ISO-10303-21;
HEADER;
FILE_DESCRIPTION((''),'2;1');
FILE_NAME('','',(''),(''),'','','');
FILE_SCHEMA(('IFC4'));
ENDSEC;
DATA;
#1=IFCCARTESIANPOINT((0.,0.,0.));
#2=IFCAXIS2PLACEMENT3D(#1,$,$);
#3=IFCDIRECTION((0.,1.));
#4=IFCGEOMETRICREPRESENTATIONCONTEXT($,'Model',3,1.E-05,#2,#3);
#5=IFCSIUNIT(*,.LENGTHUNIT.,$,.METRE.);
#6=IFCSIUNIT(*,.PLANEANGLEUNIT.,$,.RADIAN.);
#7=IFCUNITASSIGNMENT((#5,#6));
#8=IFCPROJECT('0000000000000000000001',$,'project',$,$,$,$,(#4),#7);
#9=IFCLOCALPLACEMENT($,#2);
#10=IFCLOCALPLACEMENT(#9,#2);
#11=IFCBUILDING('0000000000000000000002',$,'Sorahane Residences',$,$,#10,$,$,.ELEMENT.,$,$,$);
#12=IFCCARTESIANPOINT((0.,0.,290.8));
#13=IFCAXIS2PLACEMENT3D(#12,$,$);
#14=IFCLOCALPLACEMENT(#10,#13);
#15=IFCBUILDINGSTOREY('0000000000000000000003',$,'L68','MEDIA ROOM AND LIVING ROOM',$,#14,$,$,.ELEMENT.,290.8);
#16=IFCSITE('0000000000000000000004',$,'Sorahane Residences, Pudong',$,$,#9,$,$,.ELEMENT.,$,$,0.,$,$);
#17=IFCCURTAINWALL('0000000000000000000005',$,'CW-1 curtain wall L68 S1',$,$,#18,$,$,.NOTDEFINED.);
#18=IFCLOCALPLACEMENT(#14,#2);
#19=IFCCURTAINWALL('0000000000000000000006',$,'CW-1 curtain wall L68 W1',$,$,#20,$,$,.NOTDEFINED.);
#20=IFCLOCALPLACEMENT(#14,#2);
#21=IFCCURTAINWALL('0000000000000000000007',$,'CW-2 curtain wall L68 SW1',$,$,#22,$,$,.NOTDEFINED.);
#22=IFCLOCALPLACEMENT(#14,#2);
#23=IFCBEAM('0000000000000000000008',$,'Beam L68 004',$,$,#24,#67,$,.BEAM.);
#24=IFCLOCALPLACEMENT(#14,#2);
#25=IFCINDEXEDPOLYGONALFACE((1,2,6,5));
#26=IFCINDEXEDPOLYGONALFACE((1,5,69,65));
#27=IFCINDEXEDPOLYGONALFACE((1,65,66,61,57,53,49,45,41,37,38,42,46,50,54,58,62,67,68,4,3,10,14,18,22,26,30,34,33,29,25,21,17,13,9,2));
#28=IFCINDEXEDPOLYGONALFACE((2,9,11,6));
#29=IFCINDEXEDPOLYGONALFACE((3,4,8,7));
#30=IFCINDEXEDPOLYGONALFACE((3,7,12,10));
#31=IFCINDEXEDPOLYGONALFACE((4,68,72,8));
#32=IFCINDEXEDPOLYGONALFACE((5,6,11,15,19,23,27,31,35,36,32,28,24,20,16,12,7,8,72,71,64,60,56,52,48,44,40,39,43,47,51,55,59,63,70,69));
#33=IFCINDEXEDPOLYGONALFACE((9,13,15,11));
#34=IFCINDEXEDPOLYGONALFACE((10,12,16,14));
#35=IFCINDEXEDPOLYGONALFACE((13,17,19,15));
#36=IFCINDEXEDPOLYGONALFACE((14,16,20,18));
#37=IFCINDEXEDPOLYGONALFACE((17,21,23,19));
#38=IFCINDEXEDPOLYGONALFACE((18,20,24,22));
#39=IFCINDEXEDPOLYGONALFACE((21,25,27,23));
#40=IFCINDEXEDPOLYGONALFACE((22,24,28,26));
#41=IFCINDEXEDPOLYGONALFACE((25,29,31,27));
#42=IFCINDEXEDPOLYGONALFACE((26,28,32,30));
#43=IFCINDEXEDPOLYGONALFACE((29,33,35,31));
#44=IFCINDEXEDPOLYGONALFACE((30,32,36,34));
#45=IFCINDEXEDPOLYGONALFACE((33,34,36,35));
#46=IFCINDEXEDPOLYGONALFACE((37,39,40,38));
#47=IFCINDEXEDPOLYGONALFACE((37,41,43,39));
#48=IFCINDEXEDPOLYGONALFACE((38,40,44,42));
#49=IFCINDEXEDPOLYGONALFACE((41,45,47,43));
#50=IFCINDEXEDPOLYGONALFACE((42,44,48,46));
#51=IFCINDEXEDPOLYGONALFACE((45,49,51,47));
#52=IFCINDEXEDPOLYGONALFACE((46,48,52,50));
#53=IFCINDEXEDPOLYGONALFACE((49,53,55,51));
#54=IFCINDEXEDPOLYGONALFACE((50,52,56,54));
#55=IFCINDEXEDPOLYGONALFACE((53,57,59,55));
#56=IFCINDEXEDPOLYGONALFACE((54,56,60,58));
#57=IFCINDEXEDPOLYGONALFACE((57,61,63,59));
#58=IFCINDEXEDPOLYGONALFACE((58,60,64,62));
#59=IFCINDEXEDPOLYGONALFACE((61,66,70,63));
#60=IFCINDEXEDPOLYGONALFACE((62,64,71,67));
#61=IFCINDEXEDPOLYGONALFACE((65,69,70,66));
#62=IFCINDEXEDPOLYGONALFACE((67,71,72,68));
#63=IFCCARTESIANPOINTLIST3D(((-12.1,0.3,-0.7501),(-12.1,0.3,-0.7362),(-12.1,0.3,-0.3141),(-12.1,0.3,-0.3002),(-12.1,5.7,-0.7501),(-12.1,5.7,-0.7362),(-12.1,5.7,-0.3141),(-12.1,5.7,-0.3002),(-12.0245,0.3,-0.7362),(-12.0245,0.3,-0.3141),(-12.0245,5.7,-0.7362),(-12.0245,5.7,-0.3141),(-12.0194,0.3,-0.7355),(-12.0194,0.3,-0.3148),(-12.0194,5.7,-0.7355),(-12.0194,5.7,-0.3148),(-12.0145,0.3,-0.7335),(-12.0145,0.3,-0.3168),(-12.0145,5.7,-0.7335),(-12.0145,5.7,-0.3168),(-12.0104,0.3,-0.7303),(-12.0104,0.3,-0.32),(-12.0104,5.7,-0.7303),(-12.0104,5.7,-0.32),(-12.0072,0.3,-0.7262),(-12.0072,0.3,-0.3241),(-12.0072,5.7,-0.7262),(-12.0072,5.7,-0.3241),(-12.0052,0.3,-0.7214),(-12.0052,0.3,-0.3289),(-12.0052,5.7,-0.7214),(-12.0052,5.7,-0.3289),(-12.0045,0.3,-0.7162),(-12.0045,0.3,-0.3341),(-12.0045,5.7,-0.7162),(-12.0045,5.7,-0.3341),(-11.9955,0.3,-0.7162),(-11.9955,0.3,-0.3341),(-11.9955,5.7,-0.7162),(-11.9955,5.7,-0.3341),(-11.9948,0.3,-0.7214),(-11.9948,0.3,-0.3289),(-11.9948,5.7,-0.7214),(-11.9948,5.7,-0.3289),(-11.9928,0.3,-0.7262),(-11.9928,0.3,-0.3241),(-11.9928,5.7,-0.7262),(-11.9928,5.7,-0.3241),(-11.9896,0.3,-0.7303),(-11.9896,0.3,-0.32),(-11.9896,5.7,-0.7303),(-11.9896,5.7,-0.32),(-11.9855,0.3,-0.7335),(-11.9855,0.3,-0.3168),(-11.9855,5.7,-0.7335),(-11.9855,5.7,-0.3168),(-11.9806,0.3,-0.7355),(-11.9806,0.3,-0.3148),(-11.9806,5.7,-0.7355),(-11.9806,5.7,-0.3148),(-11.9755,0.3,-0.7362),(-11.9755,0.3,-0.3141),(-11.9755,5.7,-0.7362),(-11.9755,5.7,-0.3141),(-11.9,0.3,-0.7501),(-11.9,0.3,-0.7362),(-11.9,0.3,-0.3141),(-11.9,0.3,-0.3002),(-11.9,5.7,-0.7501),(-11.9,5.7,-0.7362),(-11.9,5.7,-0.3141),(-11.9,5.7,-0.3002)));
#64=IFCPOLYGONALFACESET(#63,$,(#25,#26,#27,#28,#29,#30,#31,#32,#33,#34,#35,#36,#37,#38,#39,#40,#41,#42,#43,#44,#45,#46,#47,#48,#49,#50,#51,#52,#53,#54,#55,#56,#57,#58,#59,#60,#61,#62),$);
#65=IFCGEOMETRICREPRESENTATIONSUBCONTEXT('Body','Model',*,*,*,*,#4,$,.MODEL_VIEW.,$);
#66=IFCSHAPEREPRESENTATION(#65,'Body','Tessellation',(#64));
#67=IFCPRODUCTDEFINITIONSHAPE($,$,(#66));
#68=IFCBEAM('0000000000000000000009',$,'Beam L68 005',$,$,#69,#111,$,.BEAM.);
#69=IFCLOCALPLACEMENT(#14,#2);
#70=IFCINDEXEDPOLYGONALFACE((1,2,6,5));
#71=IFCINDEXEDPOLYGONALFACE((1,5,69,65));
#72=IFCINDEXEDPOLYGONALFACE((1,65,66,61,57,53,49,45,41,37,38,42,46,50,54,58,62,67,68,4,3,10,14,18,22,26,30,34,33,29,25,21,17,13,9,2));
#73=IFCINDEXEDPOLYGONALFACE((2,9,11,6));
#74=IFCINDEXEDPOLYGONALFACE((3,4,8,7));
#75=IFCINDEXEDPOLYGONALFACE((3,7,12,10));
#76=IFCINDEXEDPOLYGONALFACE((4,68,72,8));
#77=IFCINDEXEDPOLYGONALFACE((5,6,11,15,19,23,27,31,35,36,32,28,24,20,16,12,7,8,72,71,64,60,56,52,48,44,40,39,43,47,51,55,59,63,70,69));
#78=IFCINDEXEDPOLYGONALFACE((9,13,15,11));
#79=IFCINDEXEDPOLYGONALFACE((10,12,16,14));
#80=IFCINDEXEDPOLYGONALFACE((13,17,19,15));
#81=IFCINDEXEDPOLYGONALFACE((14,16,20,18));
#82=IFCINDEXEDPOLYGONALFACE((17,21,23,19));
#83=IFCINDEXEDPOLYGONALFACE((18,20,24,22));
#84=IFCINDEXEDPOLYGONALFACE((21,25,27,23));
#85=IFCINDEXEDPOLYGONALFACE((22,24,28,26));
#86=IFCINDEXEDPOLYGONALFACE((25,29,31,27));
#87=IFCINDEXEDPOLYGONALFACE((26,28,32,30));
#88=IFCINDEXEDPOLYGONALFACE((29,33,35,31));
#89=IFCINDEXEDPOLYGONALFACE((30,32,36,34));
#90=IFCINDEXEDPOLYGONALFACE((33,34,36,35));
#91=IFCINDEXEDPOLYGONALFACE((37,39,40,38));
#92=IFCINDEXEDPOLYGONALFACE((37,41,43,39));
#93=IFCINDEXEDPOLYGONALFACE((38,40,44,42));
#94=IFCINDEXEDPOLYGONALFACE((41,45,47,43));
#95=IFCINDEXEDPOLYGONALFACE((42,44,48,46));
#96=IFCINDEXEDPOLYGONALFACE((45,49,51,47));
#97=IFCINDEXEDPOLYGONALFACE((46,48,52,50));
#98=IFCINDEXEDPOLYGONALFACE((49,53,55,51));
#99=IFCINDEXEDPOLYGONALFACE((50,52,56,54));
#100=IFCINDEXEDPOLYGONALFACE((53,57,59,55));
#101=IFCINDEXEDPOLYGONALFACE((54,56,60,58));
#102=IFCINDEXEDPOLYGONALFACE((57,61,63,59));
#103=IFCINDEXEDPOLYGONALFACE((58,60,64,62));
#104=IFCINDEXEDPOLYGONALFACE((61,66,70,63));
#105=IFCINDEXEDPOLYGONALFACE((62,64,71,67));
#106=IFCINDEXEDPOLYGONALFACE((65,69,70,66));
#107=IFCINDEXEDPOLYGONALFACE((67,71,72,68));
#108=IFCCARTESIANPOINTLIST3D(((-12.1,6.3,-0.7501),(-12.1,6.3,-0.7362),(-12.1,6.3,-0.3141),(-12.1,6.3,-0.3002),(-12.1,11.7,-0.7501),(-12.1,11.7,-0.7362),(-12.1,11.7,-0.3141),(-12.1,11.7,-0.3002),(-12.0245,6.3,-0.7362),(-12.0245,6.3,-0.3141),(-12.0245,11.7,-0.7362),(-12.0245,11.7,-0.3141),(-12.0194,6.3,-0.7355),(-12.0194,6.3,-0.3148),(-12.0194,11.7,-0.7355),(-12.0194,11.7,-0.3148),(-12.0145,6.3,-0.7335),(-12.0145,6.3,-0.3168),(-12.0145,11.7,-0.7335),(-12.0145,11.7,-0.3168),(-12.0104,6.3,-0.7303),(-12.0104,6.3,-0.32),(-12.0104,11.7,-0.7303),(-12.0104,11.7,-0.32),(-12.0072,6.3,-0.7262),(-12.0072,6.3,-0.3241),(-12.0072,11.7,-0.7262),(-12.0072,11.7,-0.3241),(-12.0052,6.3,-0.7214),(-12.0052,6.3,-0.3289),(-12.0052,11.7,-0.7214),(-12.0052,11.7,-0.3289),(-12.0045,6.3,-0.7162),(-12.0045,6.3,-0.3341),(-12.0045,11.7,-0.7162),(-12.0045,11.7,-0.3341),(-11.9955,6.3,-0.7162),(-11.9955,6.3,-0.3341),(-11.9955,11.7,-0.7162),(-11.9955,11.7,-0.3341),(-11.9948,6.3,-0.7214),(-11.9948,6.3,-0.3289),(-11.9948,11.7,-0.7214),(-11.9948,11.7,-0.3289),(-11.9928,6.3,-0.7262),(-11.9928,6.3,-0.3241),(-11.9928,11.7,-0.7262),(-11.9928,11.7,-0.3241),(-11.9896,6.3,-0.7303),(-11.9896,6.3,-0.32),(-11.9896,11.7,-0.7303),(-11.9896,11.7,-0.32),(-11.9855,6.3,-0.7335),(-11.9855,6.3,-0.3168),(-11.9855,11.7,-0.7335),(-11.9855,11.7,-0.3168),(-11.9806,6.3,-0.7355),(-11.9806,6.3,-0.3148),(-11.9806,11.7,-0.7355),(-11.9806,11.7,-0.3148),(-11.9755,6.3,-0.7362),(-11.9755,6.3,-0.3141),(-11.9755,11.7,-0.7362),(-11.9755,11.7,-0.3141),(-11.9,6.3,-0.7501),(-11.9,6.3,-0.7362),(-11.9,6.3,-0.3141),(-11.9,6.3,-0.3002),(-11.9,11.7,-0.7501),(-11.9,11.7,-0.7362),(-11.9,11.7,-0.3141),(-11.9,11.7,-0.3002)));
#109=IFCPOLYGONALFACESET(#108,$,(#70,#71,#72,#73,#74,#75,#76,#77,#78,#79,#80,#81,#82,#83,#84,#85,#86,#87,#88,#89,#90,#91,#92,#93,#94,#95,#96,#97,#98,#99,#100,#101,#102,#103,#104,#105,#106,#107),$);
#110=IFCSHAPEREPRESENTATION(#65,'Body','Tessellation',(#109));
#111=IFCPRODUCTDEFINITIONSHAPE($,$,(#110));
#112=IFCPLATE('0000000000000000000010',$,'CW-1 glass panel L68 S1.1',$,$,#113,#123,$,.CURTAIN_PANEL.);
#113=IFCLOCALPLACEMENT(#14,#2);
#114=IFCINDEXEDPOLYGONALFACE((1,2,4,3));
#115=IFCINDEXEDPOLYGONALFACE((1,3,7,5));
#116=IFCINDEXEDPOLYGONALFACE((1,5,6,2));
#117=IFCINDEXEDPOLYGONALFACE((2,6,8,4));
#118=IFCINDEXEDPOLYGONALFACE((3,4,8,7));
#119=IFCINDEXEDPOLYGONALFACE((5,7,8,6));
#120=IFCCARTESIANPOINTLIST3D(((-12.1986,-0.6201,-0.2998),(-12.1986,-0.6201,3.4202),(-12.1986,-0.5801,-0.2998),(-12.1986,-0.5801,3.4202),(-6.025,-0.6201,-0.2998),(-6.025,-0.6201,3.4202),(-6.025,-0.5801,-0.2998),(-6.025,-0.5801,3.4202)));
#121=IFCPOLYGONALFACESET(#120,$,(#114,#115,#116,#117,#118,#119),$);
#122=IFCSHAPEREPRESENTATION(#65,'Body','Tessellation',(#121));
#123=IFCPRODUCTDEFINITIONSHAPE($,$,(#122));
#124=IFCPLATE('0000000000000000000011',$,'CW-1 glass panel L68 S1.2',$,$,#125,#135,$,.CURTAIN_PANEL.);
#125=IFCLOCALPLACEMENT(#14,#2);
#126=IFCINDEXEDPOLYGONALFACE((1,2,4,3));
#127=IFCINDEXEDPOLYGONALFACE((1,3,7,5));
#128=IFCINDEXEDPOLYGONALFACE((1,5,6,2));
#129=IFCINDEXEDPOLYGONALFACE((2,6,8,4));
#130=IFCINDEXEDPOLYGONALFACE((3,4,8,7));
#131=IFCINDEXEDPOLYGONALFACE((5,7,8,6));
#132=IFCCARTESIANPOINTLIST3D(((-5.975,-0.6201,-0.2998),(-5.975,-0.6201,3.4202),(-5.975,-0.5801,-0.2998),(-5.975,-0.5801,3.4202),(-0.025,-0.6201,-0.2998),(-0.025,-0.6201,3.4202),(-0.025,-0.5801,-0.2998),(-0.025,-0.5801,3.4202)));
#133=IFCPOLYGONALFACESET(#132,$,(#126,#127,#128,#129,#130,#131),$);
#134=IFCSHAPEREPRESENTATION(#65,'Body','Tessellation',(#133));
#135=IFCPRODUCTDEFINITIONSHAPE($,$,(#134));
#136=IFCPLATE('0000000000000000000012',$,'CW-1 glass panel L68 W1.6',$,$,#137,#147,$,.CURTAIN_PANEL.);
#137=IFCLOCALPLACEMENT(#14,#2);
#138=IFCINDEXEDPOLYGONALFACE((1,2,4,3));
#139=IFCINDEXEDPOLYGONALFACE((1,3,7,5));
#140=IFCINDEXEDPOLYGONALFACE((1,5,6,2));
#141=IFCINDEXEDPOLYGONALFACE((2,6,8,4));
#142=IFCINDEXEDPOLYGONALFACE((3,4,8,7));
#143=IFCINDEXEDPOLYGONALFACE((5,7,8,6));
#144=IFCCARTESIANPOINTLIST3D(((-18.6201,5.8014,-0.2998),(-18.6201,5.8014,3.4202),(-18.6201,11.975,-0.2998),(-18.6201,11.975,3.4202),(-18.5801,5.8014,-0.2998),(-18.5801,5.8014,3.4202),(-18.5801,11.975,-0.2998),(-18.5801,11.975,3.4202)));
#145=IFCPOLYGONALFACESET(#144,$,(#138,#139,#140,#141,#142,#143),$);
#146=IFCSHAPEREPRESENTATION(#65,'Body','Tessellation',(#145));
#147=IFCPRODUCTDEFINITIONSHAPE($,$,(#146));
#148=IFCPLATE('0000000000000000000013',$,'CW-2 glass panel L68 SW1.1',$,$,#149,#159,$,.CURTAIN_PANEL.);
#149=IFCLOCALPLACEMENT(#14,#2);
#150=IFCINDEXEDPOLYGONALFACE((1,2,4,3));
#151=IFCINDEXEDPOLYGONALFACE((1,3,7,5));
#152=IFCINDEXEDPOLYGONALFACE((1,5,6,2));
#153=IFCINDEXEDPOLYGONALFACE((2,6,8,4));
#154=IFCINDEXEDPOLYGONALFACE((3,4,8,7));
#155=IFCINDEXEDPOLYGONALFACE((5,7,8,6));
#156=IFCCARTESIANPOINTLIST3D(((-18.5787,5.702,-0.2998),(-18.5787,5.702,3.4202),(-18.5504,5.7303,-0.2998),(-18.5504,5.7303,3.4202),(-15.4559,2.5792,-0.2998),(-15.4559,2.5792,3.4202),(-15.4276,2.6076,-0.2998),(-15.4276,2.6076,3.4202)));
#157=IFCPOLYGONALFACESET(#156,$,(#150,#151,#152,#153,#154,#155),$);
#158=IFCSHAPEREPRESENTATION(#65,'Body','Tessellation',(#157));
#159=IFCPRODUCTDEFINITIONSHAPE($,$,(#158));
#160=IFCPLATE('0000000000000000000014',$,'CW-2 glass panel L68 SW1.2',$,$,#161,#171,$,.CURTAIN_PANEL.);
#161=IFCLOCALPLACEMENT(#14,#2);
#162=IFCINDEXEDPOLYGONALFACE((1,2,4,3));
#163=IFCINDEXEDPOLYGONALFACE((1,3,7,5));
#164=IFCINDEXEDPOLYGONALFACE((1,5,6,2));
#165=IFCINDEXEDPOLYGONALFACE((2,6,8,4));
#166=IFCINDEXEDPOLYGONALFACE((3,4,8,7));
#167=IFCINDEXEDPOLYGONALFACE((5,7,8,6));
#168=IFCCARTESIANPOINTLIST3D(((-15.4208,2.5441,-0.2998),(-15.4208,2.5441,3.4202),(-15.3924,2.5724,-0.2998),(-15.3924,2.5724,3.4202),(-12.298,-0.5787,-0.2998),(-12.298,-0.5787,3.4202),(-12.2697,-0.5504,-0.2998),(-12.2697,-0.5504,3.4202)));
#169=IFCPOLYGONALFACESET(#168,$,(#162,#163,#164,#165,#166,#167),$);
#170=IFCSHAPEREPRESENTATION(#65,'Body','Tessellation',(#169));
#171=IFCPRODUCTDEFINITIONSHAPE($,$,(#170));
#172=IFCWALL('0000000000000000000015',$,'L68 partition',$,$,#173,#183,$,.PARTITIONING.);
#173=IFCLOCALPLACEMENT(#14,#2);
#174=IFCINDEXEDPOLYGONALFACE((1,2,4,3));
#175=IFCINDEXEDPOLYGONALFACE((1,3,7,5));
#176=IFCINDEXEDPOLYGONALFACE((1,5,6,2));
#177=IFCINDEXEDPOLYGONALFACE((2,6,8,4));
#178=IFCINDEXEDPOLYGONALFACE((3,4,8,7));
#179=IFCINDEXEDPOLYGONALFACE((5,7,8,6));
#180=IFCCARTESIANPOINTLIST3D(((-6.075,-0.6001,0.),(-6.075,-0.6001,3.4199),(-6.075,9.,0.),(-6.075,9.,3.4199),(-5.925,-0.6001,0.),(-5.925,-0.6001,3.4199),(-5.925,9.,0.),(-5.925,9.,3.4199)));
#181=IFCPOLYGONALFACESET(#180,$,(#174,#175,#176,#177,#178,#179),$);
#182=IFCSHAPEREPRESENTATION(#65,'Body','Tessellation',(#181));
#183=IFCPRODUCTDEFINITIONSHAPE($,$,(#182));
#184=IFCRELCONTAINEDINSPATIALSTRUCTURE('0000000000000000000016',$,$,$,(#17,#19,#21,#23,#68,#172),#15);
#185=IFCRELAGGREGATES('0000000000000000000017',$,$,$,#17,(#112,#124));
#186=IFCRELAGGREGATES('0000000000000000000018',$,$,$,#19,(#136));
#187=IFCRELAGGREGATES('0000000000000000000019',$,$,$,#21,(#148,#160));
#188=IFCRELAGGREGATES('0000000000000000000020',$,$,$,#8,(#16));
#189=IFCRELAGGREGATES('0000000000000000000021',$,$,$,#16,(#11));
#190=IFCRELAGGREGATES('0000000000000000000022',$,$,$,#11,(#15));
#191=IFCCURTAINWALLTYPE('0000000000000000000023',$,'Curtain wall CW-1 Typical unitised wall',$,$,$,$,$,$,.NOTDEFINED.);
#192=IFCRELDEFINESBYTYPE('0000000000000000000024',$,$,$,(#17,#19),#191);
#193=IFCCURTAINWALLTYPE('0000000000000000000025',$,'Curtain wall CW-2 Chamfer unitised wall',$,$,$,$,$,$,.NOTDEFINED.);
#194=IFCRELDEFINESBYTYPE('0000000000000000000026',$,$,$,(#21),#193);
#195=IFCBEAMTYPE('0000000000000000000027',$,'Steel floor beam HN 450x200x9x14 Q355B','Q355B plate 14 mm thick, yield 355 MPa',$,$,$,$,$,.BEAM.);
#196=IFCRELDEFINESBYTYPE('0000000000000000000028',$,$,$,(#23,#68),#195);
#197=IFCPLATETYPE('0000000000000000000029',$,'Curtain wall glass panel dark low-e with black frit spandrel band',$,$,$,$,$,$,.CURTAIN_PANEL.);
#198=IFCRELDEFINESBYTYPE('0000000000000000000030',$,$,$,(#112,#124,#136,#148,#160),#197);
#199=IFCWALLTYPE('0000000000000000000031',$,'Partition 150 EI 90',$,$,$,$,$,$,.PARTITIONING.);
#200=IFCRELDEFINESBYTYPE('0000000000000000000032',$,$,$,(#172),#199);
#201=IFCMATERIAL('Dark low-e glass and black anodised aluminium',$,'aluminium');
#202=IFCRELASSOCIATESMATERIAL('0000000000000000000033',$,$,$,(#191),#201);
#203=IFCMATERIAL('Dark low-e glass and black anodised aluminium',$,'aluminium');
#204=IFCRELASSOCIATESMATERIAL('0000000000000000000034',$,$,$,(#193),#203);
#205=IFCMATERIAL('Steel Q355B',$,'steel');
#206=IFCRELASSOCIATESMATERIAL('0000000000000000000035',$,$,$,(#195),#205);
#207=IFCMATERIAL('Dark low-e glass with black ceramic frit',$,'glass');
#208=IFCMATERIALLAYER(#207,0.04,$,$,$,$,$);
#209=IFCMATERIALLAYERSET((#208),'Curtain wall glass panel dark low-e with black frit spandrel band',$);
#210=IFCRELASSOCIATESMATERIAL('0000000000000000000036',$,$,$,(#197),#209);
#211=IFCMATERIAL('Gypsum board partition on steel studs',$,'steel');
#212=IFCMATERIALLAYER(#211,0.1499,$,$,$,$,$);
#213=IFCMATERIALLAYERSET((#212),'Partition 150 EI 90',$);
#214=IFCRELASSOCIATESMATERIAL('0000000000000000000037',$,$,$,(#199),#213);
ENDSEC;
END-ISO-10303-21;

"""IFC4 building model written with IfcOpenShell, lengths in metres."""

from ifc_helpers import new_model, si_unit, direction, frame, frame_2d, origin, origin_2d, place, context, subcontext, project, spatial, rectangle, i_section, extrude, material, layer, layer_set, material_profile, profile_set, type_object, element, aggregate, save


model = new_model("IFC4")

# Units and contexts
model_context = context("Model", 3, precision=1e-05, world=origin(), true_north=direction((0.0, 1.0)))
body_context = subcontext(model_context, "Body", "Model", "MODEL_VIEW")
ifc_project = project(units=[si_unit("LENGTHUNIT", "METRE"), si_unit("PLANEANGLEUNIT", "RADIAN")], contexts=[model_context])

# Site, building, storey
site_placement = place(None, origin())
site = spatial("IfcSite", under=ifc_project, at=site_placement, Name="Sorahane Residences, Pudong", CompositionType="ELEMENT", RefElevation=0.0)
building_placement = place(site_placement, origin())
building = spatial("IfcBuilding", under=site, at=building_placement, Name="Sorahane Residences", CompositionType="ELEMENT")
storey_placement = place(building_placement, frame((0.0, 0.0, 290.8)))
storey = spatial("IfcBuildingStorey", under=building, at=storey_placement, Name="L68", Description="MEDIA ROOM AND LIVING ROOM", CompositionType="ELEMENT", Elevation=290.8)

# Curtain walls
ifc_material_1 = material(Name="Dark low-e glass and black anodised aluminium", Category="aluminium")
curtain_wall_type_1 = type_object("IfcCurtainWallType", Name="Curtain wall CW-1 Typical unitised wall", PredefinedType="NOTDEFINED", material=ifc_material_1)
curtain_wall_1_placement = place(storey_placement, origin())
curtain_wall_1 = element("IfcCurtainWall", 1, at=curtain_wall_1_placement, inside=storey, type_object=curtain_wall_type_1, Name="CW-1 curtain wall L68 S1", PredefinedType="NOTDEFINED")
curtain_wall_2_placement = place(storey_placement, origin())
curtain_wall_2 = element("IfcCurtainWall", 2, at=curtain_wall_2_placement, inside=storey, type_object=curtain_wall_type_1, Name="CW-1 curtain wall L68 W1", PredefinedType="NOTDEFINED")

# Curtain wall
ifc_material_2 = material(Name="Dark low-e glass and black anodised aluminium", Category="aluminium")
curtain_wall_type_2 = type_object("IfcCurtainWallType", Name="Curtain wall CW-2 Chamfer unitised wall", PredefinedType="NOTDEFINED", material=ifc_material_2)
curtain_wall_3_placement = place(storey_placement, origin())
curtain_wall_3 = element("IfcCurtainWall", 3, at=curtain_wall_3_placement, inside=storey, type_object=curtain_wall_type_2, Name="CW-2 curtain wall L68 SW1", PredefinedType="NOTDEFINED")

# Beams
ifc_material_3 = material(Name="Steel Q355B", Category="steel")
ifc_material_profile_1 = material_profile(ifc_material_3, i_section(OverallWidth=0.2, OverallDepth=0.45, WebThickness=0.009, FlangeThickness=0.0139, FilletRadius=0.02, at=origin_2d()), Name="HN 450x200x9x14")
ifc_profile_set_1 = profile_set([ifc_material_profile_1], Name="Steel Q355B")
beam_type = type_object("IfcBeamType", Name="Steel floor beam HN 450x200x9x14 Q355B", Description="Q355B plate 14 mm thick, yield 355 MPa", PredefinedType="BEAM", material=ifc_profile_set_1)
for number, where, z_axis, x_axis, name in (
    (4, (-12.0, 0.3, -0.5251), (0.0, 1.0, 0.0), (-1.0, 0.0, 0.0), "Beam L68 004"),
    (5, (-12.0, 6.3, -0.5251), (0.0, 1.0, 0.0), (-1.0, 0.0, 0.0), "Beam L68 005"),
):
    element("IfcBeam", number, at=place(storey_placement, frame(where, z_axis=z_axis, x_axis=x_axis)), inside=storey, type_object=beam_type, Name=name, PredefinedType="BEAM", context=body_context, shape_type="SweptSolid", body=[
        extrude(i_section(OverallWidth=0.2, OverallDepth=0.45, WebThickness=0.009, FlangeThickness=0.0139, FilletRadius=0.02, at=origin_2d()), origin(), (0.0, 0.0, 1.0), 5.3999),
    ])

# Plates
ifc_material_4 = material(Name="Dark low-e glass with black ceramic frit", Category="glass")
ifc_layer_1 = layer(ifc_material_4, 0.04)
ifc_layer_set_1 = layer_set([ifc_layer_1], Name="Curtain wall glass panel dark low-e with black frit spandrel band")
plate_type = type_object("IfcPlateType", Name="Curtain wall glass panel dark low-e with black frit spandrel band", PredefinedType="CURTAIN_PANEL", material=ifc_layer_set_1)
plate_1_placement = place(storey_placement, frame((-9.1118, -0.6001, -0.2998), z_axis=(0.0, 0.0, 1.0), x_axis=(1.0, 0.0, 0.0)))
plate_1 = element("IfcPlate", 6, at=plate_1_placement, type_object=plate_type, Name="CW-1 glass panel L68 S1.1", PredefinedType="CURTAIN_PANEL", context=body_context, shape_type="SweptSolid", body=[
    extrude(rectangle(XDim=6.1736, YDim=0.04, at=origin_2d()), origin(), (0.0, 0.0, 1.0), 3.72),
])
plate_2_placement = place(storey_placement, frame((-3.0, -0.6001, -0.2998), z_axis=(0.0, 0.0, 1.0), x_axis=(1.0, 0.0, 0.0)))
plate_2 = element("IfcPlate", 7, at=plate_2_placement, type_object=plate_type, Name="CW-1 glass panel L68 S1.2", PredefinedType="CURTAIN_PANEL", context=body_context, shape_type="SweptSolid", body=[
    extrude(rectangle(XDim=5.95, YDim=0.04, at=origin_2d()), origin(), (0.0, 0.0, 1.0), 3.72),
])
aggregate(curtain_wall_1, [plate_1, plate_2])
plate_3_placement = place(storey_placement, frame((-18.6001, 8.8882, -0.2998), z_axis=(0.0, 0.0, 1.0), x_axis=(0.0, -1.0, 0.0)))
plate_3 = element("IfcPlate", 8, at=plate_3_placement, type_object=plate_type, Name="CW-1 glass panel L68 W1.6", PredefinedType="CURTAIN_PANEL", context=body_context, shape_type="SweptSolid", body=[
    extrude(rectangle(XDim=6.1736, YDim=0.04, at=origin_2d()), origin(), (0.0, 0.0, 1.0), 3.72),
])
aggregate(curtain_wall_2, [plate_3])
plate_4_placement = place(storey_placement, frame((-17.0032, 4.1548, -0.2998), z_axis=(0.0, 0.0, 1.0), x_axis=(0.707107, -0.707107, 0.0)))
plate_4 = element("IfcPlate", 9, at=plate_4_placement, type_object=plate_type, Name="CW-2 glass panel L68 SW1.1", PredefinedType="CURTAIN_PANEL", context=body_context, shape_type="SweptSolid", body=[
    extrude(rectangle(XDim=4.4163, YDim=0.04, at=origin_2d()), origin(), (0.0, 0.0, 1.0), 3.72),
])
plate_5_placement = place(storey_placement, frame((-13.8452, 0.9968, -0.2998), z_axis=(0.0, 0.0, 1.0), x_axis=(0.707107, -0.707107, 0.0)))
plate_5 = element("IfcPlate", 10, at=plate_5_placement, type_object=plate_type, Name="CW-2 glass panel L68 SW1.2", PredefinedType="CURTAIN_PANEL", context=body_context, shape_type="SweptSolid", body=[
    extrude(rectangle(XDim=4.4163, YDim=0.04, at=origin_2d()), origin(), (0.0, 0.0, 1.0), 3.72),
])
aggregate(curtain_wall_3, [plate_4, plate_5])

# Wall
ifc_material_5 = material(Name="Gypsum board partition on steel studs", Category="steel")
ifc_layer_2 = layer(ifc_material_5, 0.1499)
ifc_layer_set_2 = layer_set([ifc_layer_2], Name="Partition 150 EI 90")
wall_type_1 = type_object("IfcWallType", Name="Partition 150 EI 90", PredefinedType="PARTITIONING", material=ifc_layer_set_2)
wall_1_placement = place(storey_placement, frame((-6.0, -0.6001, 0.0), z_axis=(0.0, 0.0, 1.0), x_axis=(0.0, 1.0, 0.0)))
element("IfcWall", 11, at=wall_1_placement, inside=storey, type_object=wall_type_1, Name="L68 partition", PredefinedType="PARTITIONING", context=body_context, shape_type="SweptSolid", body=[
    extrude(rectangle(XDim=9.6001, YDim=0.1499, at=frame_2d((4.8, 0.0))), origin(), (0.0, 0.0, 1.0), 3.4199),
])

save(model, "model.ifc")
